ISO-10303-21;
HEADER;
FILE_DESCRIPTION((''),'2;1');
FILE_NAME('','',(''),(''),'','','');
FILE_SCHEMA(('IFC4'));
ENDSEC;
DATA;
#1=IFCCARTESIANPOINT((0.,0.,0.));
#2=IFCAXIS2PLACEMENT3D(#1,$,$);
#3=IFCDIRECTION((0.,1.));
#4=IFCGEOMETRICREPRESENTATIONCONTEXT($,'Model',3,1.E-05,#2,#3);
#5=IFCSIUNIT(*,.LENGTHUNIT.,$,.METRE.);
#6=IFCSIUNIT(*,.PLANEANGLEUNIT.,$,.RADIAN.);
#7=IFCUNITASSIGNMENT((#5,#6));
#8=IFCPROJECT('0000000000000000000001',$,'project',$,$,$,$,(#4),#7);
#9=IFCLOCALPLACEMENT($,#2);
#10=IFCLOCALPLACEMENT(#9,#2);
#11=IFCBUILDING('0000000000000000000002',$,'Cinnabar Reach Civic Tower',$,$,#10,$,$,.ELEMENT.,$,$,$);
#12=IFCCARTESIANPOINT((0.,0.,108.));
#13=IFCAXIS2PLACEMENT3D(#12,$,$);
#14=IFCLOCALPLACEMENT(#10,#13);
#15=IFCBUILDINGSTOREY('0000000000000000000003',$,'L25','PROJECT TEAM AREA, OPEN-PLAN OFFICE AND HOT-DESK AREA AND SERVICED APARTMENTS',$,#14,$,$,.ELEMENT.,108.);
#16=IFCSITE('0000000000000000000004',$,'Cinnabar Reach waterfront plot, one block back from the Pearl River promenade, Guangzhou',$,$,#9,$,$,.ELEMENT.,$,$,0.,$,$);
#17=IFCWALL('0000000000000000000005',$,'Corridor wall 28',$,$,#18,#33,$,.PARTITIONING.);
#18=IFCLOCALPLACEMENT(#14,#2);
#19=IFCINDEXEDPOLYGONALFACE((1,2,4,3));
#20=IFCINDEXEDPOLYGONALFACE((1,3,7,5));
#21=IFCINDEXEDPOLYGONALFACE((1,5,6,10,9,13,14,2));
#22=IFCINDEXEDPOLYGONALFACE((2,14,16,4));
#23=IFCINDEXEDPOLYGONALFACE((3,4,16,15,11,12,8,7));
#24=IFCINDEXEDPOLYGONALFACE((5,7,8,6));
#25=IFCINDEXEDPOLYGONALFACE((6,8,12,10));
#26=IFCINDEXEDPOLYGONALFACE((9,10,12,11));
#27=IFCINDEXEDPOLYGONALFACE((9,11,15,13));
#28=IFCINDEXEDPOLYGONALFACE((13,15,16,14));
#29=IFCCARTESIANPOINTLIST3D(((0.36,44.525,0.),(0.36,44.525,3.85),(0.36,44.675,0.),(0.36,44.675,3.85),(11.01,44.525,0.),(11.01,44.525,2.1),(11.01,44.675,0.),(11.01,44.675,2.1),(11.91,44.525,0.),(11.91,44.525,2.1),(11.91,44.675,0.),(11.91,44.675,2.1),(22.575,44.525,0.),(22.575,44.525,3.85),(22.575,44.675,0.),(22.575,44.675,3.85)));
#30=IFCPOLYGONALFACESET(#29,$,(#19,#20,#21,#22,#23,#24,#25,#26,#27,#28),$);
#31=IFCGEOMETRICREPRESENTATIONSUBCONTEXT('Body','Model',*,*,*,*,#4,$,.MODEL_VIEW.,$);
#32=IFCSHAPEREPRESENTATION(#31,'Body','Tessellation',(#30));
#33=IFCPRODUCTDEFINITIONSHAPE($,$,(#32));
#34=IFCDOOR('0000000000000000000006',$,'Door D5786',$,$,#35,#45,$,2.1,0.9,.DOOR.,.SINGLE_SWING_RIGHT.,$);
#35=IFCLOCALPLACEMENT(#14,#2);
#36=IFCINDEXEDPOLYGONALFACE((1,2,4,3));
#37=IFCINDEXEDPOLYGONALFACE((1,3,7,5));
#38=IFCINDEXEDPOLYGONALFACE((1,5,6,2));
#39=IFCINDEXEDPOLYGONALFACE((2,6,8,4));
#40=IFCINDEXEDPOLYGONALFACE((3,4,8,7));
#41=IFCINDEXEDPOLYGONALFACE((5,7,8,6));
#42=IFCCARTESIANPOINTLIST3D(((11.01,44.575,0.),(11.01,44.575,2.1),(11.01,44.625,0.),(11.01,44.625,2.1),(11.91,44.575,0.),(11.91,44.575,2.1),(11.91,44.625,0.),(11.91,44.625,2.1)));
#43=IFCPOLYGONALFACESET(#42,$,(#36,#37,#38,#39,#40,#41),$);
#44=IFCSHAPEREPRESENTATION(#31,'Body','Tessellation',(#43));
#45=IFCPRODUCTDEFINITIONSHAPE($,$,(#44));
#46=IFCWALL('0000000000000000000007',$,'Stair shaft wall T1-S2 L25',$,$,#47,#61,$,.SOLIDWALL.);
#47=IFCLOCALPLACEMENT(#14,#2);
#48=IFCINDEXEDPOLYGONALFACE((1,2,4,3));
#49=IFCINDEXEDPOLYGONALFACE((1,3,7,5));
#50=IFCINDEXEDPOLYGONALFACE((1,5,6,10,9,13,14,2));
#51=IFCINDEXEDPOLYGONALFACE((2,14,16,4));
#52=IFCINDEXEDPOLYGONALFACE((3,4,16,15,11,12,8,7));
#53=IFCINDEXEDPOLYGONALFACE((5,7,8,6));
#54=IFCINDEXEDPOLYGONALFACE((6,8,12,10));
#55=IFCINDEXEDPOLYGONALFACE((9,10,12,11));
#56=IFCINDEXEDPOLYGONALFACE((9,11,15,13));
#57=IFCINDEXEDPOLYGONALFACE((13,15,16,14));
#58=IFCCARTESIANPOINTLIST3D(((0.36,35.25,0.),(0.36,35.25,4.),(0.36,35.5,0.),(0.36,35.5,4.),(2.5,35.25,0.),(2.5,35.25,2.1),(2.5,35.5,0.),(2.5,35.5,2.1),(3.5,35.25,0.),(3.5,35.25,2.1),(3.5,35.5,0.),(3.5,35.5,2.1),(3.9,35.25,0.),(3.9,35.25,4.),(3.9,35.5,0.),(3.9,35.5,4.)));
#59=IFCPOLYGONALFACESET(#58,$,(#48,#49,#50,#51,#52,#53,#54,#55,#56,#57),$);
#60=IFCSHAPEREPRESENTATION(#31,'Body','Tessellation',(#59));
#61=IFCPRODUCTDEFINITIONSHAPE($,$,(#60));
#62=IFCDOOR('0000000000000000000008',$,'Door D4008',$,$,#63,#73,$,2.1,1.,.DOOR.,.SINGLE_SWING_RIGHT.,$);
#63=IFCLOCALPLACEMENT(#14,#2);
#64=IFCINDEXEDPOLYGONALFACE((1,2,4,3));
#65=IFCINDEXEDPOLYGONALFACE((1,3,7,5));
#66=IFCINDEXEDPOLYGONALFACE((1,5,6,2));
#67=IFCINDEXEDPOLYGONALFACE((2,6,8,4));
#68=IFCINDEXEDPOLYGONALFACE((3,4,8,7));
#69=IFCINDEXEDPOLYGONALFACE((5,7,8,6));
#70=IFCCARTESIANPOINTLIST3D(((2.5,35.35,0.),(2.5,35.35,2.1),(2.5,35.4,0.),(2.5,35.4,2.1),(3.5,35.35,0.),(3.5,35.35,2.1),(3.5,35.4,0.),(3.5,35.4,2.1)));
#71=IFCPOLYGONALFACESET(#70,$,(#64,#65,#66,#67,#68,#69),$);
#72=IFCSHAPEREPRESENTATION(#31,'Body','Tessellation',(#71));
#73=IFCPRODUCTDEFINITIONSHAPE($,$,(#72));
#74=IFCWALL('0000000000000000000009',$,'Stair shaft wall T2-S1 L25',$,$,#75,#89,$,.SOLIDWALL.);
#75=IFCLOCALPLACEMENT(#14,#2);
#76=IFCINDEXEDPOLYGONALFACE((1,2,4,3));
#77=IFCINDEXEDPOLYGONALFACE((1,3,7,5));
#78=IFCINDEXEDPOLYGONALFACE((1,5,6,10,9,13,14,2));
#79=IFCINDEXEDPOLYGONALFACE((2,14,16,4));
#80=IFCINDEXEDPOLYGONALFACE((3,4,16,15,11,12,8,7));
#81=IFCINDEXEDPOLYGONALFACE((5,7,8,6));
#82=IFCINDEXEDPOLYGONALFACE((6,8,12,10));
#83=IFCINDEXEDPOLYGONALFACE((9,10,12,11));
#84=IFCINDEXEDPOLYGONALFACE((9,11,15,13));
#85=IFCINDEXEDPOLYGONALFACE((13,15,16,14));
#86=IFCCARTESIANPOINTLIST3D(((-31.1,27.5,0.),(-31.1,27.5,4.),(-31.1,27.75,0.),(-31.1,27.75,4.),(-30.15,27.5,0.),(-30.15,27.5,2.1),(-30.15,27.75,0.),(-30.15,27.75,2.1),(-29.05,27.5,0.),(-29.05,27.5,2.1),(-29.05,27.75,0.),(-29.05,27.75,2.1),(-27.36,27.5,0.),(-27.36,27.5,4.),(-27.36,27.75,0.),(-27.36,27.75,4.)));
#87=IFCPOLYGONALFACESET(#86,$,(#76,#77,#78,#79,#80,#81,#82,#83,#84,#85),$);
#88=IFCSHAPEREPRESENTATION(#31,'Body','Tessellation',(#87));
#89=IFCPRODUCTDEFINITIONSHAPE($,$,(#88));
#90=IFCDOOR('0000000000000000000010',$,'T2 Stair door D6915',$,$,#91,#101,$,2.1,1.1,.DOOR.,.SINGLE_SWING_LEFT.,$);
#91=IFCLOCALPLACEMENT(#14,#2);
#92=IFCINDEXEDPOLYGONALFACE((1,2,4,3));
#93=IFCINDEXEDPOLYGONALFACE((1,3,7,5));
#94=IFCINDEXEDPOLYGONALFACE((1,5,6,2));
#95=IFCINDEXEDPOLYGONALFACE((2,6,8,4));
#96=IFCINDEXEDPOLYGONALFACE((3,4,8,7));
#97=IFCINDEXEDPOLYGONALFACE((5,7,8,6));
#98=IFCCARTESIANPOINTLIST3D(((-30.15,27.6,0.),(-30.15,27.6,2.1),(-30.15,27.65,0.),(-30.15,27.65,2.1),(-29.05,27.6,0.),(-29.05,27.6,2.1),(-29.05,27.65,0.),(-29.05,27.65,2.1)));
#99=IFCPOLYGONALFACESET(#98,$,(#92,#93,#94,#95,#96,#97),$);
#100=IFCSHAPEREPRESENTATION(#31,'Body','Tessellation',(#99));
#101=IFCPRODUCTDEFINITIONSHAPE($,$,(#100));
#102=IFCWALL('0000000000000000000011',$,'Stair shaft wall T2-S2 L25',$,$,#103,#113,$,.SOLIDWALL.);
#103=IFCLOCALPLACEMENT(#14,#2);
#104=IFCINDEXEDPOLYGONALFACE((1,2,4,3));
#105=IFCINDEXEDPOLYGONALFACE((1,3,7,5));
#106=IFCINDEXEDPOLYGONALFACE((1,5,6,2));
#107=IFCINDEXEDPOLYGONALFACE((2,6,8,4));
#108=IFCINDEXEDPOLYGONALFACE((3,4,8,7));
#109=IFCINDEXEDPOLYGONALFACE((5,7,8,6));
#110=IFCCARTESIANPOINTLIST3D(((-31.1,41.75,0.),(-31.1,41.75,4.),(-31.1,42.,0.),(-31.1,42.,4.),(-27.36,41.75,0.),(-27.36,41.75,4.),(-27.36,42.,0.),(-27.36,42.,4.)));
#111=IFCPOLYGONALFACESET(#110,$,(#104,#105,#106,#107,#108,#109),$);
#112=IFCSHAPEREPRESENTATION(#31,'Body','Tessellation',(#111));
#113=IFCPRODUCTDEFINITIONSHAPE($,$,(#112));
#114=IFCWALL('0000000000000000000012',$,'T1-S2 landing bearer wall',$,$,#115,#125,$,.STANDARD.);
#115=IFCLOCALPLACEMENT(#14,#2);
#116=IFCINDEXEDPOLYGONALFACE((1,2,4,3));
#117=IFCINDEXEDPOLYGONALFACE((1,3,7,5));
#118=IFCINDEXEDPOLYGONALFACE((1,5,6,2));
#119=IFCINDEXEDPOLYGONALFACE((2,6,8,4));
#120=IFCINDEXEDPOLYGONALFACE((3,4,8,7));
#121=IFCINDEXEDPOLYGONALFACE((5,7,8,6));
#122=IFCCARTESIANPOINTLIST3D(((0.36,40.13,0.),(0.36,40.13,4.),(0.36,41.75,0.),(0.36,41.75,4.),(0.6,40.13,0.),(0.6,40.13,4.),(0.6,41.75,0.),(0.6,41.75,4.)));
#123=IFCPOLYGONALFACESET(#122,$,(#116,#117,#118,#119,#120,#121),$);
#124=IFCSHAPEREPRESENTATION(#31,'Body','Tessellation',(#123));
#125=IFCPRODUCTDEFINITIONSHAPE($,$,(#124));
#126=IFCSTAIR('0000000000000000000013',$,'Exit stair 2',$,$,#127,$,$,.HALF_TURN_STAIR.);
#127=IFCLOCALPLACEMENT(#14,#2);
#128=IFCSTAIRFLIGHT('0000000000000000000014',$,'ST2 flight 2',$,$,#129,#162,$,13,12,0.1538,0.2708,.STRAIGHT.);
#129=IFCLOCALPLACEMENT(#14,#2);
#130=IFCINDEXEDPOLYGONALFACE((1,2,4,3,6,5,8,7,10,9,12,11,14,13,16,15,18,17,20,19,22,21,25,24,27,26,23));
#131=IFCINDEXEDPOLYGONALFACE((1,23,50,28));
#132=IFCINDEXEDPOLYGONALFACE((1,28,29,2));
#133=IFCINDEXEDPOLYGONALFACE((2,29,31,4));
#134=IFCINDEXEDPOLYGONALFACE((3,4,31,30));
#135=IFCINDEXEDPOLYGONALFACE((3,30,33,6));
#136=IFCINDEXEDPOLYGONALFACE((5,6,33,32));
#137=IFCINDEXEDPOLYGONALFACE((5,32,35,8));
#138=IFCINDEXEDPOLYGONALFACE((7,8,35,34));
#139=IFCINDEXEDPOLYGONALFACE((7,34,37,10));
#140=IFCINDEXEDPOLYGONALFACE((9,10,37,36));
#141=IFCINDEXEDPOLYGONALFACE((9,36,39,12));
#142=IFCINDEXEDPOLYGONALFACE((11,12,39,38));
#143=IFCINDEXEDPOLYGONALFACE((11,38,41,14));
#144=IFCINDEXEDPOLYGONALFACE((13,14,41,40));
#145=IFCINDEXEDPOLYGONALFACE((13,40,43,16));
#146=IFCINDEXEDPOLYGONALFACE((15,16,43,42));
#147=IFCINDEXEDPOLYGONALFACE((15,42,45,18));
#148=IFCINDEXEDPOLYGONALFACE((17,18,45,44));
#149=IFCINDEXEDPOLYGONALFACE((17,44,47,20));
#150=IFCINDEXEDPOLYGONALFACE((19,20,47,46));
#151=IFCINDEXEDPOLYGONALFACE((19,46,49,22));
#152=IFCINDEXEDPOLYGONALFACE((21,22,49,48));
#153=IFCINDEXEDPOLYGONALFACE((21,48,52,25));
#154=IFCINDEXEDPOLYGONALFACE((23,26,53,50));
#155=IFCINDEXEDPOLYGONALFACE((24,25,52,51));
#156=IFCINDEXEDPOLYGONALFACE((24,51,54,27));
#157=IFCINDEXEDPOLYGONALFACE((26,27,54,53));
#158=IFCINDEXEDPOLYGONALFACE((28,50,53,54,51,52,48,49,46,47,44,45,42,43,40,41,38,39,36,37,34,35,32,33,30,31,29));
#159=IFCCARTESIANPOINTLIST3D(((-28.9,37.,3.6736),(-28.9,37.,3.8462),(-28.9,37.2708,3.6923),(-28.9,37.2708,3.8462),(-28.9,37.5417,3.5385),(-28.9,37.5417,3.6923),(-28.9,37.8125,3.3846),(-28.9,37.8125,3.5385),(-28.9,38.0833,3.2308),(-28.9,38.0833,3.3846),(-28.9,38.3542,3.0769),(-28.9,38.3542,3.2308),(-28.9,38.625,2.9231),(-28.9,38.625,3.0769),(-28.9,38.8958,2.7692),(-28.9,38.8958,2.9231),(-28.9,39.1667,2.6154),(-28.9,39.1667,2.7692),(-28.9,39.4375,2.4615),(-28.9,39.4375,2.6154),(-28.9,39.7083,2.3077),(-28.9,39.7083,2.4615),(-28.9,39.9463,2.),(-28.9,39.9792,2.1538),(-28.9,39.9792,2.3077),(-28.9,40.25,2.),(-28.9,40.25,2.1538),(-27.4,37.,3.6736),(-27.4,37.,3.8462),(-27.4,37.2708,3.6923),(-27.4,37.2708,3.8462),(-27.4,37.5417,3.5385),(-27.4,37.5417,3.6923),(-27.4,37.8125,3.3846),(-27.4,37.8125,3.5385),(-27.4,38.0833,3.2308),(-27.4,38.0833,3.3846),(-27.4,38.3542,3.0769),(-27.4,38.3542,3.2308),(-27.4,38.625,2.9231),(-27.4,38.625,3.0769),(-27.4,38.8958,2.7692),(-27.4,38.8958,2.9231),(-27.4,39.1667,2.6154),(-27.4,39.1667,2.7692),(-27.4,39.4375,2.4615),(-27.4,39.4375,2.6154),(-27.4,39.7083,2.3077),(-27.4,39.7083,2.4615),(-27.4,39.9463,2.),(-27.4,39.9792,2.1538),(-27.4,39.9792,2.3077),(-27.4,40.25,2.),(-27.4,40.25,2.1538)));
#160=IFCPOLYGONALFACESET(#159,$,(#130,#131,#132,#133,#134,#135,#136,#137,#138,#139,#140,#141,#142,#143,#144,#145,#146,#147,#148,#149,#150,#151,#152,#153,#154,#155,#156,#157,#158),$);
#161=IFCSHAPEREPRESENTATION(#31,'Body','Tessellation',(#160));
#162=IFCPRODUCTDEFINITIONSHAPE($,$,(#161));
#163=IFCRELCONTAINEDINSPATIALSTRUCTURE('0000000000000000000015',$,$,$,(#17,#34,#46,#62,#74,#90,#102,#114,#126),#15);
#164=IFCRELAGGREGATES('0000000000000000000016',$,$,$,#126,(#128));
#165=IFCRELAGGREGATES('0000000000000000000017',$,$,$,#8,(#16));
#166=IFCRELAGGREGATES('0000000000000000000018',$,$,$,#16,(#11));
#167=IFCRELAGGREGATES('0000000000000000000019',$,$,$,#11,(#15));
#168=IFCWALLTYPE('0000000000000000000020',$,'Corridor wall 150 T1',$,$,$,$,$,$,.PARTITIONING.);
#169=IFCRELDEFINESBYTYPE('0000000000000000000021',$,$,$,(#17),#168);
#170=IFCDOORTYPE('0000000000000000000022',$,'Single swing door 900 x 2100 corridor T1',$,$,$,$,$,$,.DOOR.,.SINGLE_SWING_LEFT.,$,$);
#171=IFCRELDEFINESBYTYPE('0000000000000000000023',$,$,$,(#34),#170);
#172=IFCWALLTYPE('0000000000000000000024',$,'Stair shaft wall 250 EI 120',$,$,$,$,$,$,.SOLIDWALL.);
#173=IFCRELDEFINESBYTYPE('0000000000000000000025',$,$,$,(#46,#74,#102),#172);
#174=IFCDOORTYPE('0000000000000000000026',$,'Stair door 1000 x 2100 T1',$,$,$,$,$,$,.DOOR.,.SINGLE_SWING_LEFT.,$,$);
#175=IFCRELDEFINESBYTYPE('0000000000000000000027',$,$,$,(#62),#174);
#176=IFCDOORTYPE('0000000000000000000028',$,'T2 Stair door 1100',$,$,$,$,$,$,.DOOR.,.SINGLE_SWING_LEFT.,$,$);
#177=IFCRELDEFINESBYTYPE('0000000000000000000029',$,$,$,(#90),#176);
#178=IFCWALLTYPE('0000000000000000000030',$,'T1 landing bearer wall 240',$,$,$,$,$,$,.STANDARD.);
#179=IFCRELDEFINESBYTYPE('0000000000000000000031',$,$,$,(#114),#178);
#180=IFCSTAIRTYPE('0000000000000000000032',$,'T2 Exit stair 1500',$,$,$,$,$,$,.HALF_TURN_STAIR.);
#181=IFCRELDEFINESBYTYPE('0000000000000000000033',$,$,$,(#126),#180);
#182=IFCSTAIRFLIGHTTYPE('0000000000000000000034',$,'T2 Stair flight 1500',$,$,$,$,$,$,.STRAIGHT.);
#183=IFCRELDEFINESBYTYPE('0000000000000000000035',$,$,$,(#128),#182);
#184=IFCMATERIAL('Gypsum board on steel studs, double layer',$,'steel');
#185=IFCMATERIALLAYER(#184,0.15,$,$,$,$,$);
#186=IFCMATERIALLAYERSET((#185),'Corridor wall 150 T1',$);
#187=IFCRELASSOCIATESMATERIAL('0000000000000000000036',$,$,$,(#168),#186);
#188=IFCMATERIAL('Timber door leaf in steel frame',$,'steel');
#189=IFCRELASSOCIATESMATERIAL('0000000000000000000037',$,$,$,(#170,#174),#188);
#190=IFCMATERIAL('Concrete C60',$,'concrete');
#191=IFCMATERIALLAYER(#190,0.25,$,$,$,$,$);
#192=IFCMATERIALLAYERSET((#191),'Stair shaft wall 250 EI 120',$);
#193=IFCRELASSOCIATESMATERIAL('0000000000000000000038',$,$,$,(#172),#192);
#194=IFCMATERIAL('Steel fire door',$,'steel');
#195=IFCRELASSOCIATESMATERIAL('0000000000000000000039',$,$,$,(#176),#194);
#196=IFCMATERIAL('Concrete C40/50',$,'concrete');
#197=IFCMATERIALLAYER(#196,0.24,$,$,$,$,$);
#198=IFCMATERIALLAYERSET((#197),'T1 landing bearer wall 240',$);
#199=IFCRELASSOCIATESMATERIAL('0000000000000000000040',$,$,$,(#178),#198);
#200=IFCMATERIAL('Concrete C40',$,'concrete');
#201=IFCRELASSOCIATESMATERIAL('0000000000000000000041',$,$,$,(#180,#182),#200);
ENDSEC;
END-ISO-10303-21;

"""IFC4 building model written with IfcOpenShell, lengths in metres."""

from ifc_helpers import new_model, si_unit, direction, frame, frame_2d, origin, place, context, subcontext, project, spatial, polyline, rectangle, outline, extrude, material, layer, layer_set, type_object, element, fill, aggregate, save


model = new_model("IFC4")

# Units and contexts
model_context = context("Model", 3, precision=1e-05, world=origin(), true_north=direction((0.0, 1.0)))
body_context = subcontext(model_context, "Body", "Model", "MODEL_VIEW")
ifc_project = project(units=[si_unit("LENGTHUNIT", "METRE"), si_unit("PLANEANGLEUNIT", "RADIAN")], contexts=[model_context])

# Site, building, storey
site_placement = place(None, origin())
site = spatial("IfcSite", under=ifc_project, at=site_placement, Name="Cinnabar Reach waterfront plot, one block back from the Pearl River promenade, Guangzhou", CompositionType="ELEMENT", RefElevation=0.0)
building_placement = place(site_placement, origin())
building = spatial("IfcBuilding", under=site, at=building_placement, Name="Cinnabar Reach Civic Tower", CompositionType="ELEMENT")
storey_placement = place(building_placement, frame((0.0, 0.0, 108.0)))
storey = spatial("IfcBuildingStorey", under=building, at=storey_placement, Name="L25", Description="PROJECT TEAM AREA, OPEN-PLAN OFFICE AND HOT-DESK AREA AND SERVICED APARTMENTS", CompositionType="ELEMENT", Elevation=108.0)

# Shared definitions
ifc_material_1 = material(Name="Concrete C60", Category="concrete")

# Shared definitions
ifc_material_2 = material(Name="Concrete C40", Category="concrete")

# Walls, openings, doors
ifc_material_3 = material(Name="Gypsum board on steel studs, double layer", Category="steel")
ifc_layer_1 = layer(ifc_material_3, 0.15)
ifc_layer_set_1 = layer_set([ifc_layer_1], Name="Corridor wall 150 T1")
wall_type_1 = type_object("IfcWallType", Name="Corridor wall 150 T1", PredefinedType="PARTITIONING", material=ifc_layer_set_1)
wall_1_placement = place(storey_placement, frame((0.36, 44.6, 0.0), z_axis=(0.0, 0.0, 1.0), x_axis=(1.0, 0.0, 0.0)))
wall_1 = element("IfcWall", 1, at=wall_1_placement, inside=storey, type_object=wall_type_1, Name="Corridor wall 28", PredefinedType="PARTITIONING", context=body_context, shape_type="SweptSolid", body=[
    extrude(rectangle(XDim=22.215, YDim=0.15, at=frame_2d((11.1075, 0.0))), origin(), (0.0, 0.0, 1.0), 3.85),
])
opening_1_placement = place(wall_1_placement, frame((10.65, 0.0, 0.0)))
opening_1 = element("IfcOpeningElement", 2, at=opening_1_placement, cuts=wall_1, PredefinedType="OPENING", context=body_context, shape_type="SweptSolid", body=[
    extrude(rectangle(XDim=0.9, YDim=2.1, at=frame_2d((0.45, 1.05))), frame((0.0, 0.085, 0.0), z_axis=(0.0, -1.0, 0.0), x_axis=(1.0, 0.0, 0.0)), (0.0, 0.0, 1.0), 0.17),
])
ifc_material_4 = material(Name="Timber door leaf in steel frame", Category="steel")
door_type_1 = type_object("IfcDoorType", Name="Single swing door 900 x 2100 corridor T1", OperationType="SINGLE_SWING_LEFT", PredefinedType="DOOR", material=ifc_material_4)
door_1_placement = place(opening_1_placement, frame((0.9, 0.0, 0.0), z_axis=(0.0, 0.0, 1.0), x_axis=(-1.0, 0.0, 0.0)))
door_1 = element("IfcDoor", 3, at=door_1_placement, inside=storey, type_object=door_type_1, Name="Door D5786", OperationType="SINGLE_SWING_RIGHT", OverallHeight=2.1, OverallWidth=0.9, PredefinedType="DOOR", context=body_context, shape_type="SweptSolid", body=[
    extrude(rectangle(XDim=0.9, YDim=2.1, at=frame_2d((0.45, 1.05))), frame((0.0, 0.025, 0.0), z_axis=(0.0, -1.0, 0.0), x_axis=(1.0, 0.0, 0.0)), (0.0, 0.0, 1.0), 0.05),
])
fill(opening_1, door_1)
ifc_layer_2 = layer(ifc_material_1, 0.25)
ifc_layer_set_2 = layer_set([ifc_layer_2], Name="Stair shaft wall 250 EI 120")
wall_type_2 = type_object("IfcWallType", Name="Stair shaft wall 250 EI 120", PredefinedType="SOLIDWALL", material=ifc_layer_set_2)
wall_2_placement = place(storey_placement, frame((0.36, 35.375, 0.0), z_axis=(0.0, 0.0, 1.0), x_axis=(1.0, 0.0, 0.0)))
wall_2 = element("IfcWall", 4, at=wall_2_placement, inside=storey, type_object=wall_type_2, Name="Stair shaft wall T1-S2 L25", PredefinedType="SOLIDWALL", context=body_context, shape_type="SweptSolid", body=[
    extrude(rectangle(XDim=3.54, YDim=0.25, at=frame_2d((1.77, 0.0))), origin(), (0.0, 0.0, 1.0), 4.0),
])
opening_2_placement = place(wall_2_placement, frame((2.14, 0.0, 0.0)))
opening_2 = element("IfcOpeningElement", 5, at=opening_2_placement, cuts=wall_2, PredefinedType="OPENING", context=body_context, shape_type="SweptSolid", body=[
    extrude(rectangle(XDim=1.0, YDim=2.1, at=frame_2d((0.5, 1.05))), frame((0.0, 0.135, 0.0), z_axis=(0.0, -1.0, 0.0), x_axis=(1.0, 0.0, 0.0)), (0.0, 0.0, 1.0), 0.27),
])
door_type_2 = type_object("IfcDoorType", Name="Stair door 1000 x 2100 T1", OperationType="SINGLE_SWING_LEFT", PredefinedType="DOOR", material=ifc_material_4)
door_2_placement = place(opening_2_placement, origin())
door_2 = element("IfcDoor", 6, at=door_2_placement, inside=storey, type_object=door_type_2, Name="Door D4008", OperationType="SINGLE_SWING_RIGHT", OverallHeight=2.1, OverallWidth=1.0, PredefinedType="DOOR", context=body_context, shape_type="SweptSolid", body=[
    extrude(rectangle(XDim=1.0, YDim=2.1, at=frame_2d((0.5, 1.05))), frame((0.0, 0.025, 0.0), z_axis=(0.0, -1.0, 0.0), x_axis=(1.0, 0.0, 0.0)), (0.0, 0.0, 1.0), 0.05),
])
fill(opening_2, door_2)
wall_3_placement = place(storey_placement, frame((-27.36, 27.625, 0.0), z_axis=(0.0, 0.0, 1.0), x_axis=(-1.0, 0.0, 0.0)))
wall_3 = element("IfcWall", 7, at=wall_3_placement, inside=storey, type_object=wall_type_2, Name="Stair shaft wall T2-S1 L25", PredefinedType="SOLIDWALL", context=body_context, shape_type="SweptSolid", body=[
    extrude(rectangle(XDim=3.74, YDim=0.25, at=frame_2d((1.87, 0.0))), origin(), (0.0, 0.0, 1.0), 4.0),
])
opening_3_placement = place(wall_3_placement, frame((1.69, 0.0, 0.0)))
opening_3 = element("IfcOpeningElement", 8, at=opening_3_placement, cuts=wall_3, PredefinedType="OPENING", context=body_context, shape_type="SweptSolid", body=[
    extrude(rectangle(XDim=1.1, YDim=2.1, at=frame_2d((0.55, 1.05))), frame((0.0, 0.135, 0.0), z_axis=(0.0, -1.0, 0.0), x_axis=(1.0, 0.0, 0.0)), (0.0, 0.0, 1.0), 0.27),
])
ifc_material_5 = material(Name="Steel fire door", Category="steel")
door_type_3 = type_object("IfcDoorType", Name="T2 Stair door 1100", OperationType="SINGLE_SWING_LEFT", PredefinedType="DOOR", material=ifc_material_5)
door_3_placement = place(opening_3_placement, origin())
door_3 = element("IfcDoor", 9, at=door_3_placement, inside=storey, type_object=door_type_3, Name="T2 Stair door D6915", OperationType="SINGLE_SWING_LEFT", OverallHeight=2.1, OverallWidth=1.1, PredefinedType="DOOR", context=body_context, shape_type="SweptSolid", body=[
    extrude(rectangle(XDim=1.1, YDim=2.1, at=frame_2d((0.55, 1.05))), frame((0.0, 0.025, 0.0), z_axis=(0.0, -1.0, 0.0), x_axis=(1.0, 0.0, 0.0)), (0.0, 0.0, 1.0), 0.05),
])
fill(opening_3, door_3)

# Walls
wall_4_placement = place(storey_placement, frame((-27.36, 41.875, 0.0), z_axis=(0.0, 0.0, 1.0), x_axis=(-1.0, 0.0, 0.0)))
element("IfcWall", 10, at=wall_4_placement, inside=storey, type_object=wall_type_2, Name="Stair shaft wall T2-S2 L25", PredefinedType="SOLIDWALL", context=body_context, shape_type="SweptSolid", body=[
    extrude(rectangle(XDim=3.74, YDim=0.25, at=frame_2d((1.87, 0.0))), origin(), (0.0, 0.0, 1.0), 4.0),
])
ifc_material_6 = material(Name="Concrete C40/50", Category="concrete")
ifc_layer_3 = layer(ifc_material_6, 0.24)
ifc_layer_set_3 = layer_set([ifc_layer_3], Name="T1 landing bearer wall 240")
wall_type_3 = type_object("IfcWallType", Name="T1 landing bearer wall 240", PredefinedType="STANDARD", material=ifc_layer_set_3)
wall_5_placement = place(storey_placement, frame((0.48, 40.13, 0.0), z_axis=(0.0, 0.0, 1.0), x_axis=(0.0, 1.0, 0.0)))
element("IfcWall", 11, at=wall_5_placement, inside=storey, type_object=wall_type_3, Name="T1-S2 landing bearer wall", PredefinedType="STANDARD", context=body_context, shape_type="SweptSolid", body=[
    extrude(rectangle(XDim=1.62, YDim=0.24, at=frame_2d((0.81, 0.0))), origin(), (0.0, 0.0, 1.0), 4.0),
])

# Stair, stair flight
stair_type = type_object("IfcStairType", Name="T2 Exit stair 1500", PredefinedType="HALF_TURN_STAIR", material=ifc_material_2)
stair_placement = place(storey_placement, origin())
stair = element("IfcStair", 12, at=stair_placement, inside=storey, type_object=stair_type, Name="Exit stair 2", PredefinedType="HALF_TURN_STAIR")
stair_flight_type = type_object("IfcStairFlightType", Name="T2 Stair flight 1500", PredefinedType="STRAIGHT", material=ifc_material_2)
stair_flight_placement = place(storey_placement, frame((-28.15, 40.25, 2.0), z_axis=(0.0, 0.0, 1.0), x_axis=(0.0, -1.0, 0.0)))
stair_flight = element("IfcStairFlight", 13, at=stair_flight_placement, type_object=stair_flight_type, Name="ST2 flight 2", NumberOfRisers=13, NumberOfTreads=12, PredefinedType="STRAIGHT", RiserHeight=0.1538, TreadLength=0.2708, context=body_context, shape_type="SweptSolid", body=[
    extrude(outline(polyline([(0.0, 0.0), (0.0, 0.1538), (0.2708, 0.1538), (0.2708, 0.3077), (0.5417, 0.3077), (0.5417, 0.4615), (0.8125, 0.4615), (0.8125, 0.6154), (1.0833, 0.6154), (1.0833, 0.7692), (1.3542, 0.7692), (1.3542, 0.9231), (1.625, 0.9231), (1.625, 1.0769), (1.8958, 1.0769), (1.8958, 1.2308), (2.1667, 1.2308), (2.1667, 1.3846), (2.4375, 1.3846), (2.4375, 1.5385), (2.7083, 1.5385), (2.7083, 1.6923), (2.9792, 1.6923), (2.9792, 1.8462), (3.25, 1.8462), (3.25, 2.0), (3.25, 1.6736), (0.3037, 0.0), (0.0, 0.0)])), frame((0.0, 0.75, 0.0), z_axis=(0.0, -1.0, 0.0), x_axis=(1.0, 0.0, 0.0)), (0.0, 0.0, 1.0), 1.5),
])
aggregate(stair, [stair_flight])

save(model, "model.ifc")
